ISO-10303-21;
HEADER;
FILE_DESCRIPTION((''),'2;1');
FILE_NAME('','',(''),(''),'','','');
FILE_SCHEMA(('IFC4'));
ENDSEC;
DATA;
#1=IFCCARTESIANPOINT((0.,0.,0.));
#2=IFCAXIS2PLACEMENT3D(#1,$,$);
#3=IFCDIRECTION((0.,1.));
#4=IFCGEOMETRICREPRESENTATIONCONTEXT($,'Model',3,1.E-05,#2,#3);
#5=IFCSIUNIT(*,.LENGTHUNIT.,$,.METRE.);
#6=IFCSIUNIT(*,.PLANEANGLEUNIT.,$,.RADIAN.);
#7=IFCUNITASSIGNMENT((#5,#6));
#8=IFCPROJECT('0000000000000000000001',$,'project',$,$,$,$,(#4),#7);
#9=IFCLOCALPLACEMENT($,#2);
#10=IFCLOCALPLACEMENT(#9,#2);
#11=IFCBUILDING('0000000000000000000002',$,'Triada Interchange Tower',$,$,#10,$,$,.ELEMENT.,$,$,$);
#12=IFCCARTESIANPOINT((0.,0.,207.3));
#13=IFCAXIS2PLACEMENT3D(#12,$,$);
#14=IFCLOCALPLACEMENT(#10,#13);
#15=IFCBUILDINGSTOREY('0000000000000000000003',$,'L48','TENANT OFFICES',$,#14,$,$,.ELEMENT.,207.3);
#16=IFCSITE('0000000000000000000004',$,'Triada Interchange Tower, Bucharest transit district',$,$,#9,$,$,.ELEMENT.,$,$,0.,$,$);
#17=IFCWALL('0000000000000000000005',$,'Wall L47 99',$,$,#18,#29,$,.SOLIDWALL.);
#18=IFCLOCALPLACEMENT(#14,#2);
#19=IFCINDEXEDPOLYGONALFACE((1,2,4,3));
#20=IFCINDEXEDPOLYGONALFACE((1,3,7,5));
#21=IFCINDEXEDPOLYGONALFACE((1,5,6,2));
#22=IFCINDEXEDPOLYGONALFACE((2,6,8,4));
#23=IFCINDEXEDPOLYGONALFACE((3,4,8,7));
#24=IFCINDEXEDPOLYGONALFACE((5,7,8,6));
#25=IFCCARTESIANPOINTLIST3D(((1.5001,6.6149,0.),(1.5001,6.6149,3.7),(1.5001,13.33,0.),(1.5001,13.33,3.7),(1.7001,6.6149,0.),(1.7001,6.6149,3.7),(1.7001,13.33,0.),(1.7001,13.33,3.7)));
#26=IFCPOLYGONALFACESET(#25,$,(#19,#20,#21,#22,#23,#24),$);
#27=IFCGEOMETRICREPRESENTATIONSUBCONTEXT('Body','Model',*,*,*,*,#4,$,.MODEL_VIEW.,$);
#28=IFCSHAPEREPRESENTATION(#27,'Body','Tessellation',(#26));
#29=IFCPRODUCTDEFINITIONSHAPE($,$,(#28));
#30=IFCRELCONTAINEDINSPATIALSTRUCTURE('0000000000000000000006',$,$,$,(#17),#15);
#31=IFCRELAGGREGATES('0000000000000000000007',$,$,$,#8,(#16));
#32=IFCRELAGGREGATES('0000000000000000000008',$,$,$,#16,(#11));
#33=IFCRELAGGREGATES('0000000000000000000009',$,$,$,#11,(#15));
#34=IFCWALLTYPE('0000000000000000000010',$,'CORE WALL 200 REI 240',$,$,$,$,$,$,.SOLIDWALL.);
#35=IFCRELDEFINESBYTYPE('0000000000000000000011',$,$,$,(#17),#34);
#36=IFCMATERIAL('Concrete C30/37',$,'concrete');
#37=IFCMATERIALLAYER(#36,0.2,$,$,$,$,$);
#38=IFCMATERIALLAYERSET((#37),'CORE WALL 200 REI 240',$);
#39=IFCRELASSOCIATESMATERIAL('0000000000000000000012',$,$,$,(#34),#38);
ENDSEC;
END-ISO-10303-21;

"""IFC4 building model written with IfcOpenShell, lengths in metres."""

from ifc_helpers import new_model, si_unit, direction, frame, frame_2d, origin, place, context, subcontext, project, spatial, rectangle, extrude, material, layer, layer_set, type_object, element, save


model = new_model("IFC4")

# Units and contexts
model_context = context("Model", 3, precision=1e-05, world=origin(), true_north=direction((0.0, 1.0)))
body_context = subcontext(model_context, "Body", "Model", "MODEL_VIEW")
ifc_project = project(units=[si_unit("LENGTHUNIT", "METRE"), si_unit("PLANEANGLEUNIT", "RADIAN")], contexts=[model_context])

# Site, building, storey
site_placement = place(None, origin())
site = spatial("IfcSite", under=ifc_project, at=site_placement, Name="Triada Interchange Tower, Bucharest transit district", CompositionType="ELEMENT", RefElevation=0.0)
building_placement = place(site_placement, origin())
building = spatial("IfcBuilding", under=site, at=building_placement, Name="Triada Interchange Tower", CompositionType="ELEMENT")
storey_placement = place(building_placement, frame((0.0, 0.0, 207.3)))
storey = spatial("IfcBuildingStorey", under=building, at=storey_placement, Name="L48", Description="TENANT OFFICES", CompositionType="ELEMENT", Elevation=207.3)

# Shared definitions
ifc_material_1 = material(Name="Concrete C30/37", Category="concrete")

# Wall
ifc_layer_1 = layer(ifc_material_1, 0.2)
ifc_layer_set_1 = layer_set([ifc_layer_1], Name="CORE WALL 200 REI 240")
wall_type_1 = type_object("IfcWallType", Name="CORE WALL 200 REI 240", PredefinedType="SOLIDWALL", material=ifc_layer_set_1)
wall_1_placement = place(storey_placement, frame((1.6001, 6.615, 0.0), z_axis=(0.0, 0.0, 1.0), x_axis=(0.0, 1.0, 0.0)))
element("IfcWall", 1, at=wall_1_placement, inside=storey, type_object=wall_type_1, Name="Wall L47 99", PredefinedType="SOLIDWALL", context=body_context, shape_type="SweptSolid", body=[
    extrude(rectangle(XDim=6.7151, YDim=0.2, at=frame_2d((3.3574, 0.0))), origin(), (0.0, 0.0, 1.0), 3.7),
])

save(model, "model.ifc")
